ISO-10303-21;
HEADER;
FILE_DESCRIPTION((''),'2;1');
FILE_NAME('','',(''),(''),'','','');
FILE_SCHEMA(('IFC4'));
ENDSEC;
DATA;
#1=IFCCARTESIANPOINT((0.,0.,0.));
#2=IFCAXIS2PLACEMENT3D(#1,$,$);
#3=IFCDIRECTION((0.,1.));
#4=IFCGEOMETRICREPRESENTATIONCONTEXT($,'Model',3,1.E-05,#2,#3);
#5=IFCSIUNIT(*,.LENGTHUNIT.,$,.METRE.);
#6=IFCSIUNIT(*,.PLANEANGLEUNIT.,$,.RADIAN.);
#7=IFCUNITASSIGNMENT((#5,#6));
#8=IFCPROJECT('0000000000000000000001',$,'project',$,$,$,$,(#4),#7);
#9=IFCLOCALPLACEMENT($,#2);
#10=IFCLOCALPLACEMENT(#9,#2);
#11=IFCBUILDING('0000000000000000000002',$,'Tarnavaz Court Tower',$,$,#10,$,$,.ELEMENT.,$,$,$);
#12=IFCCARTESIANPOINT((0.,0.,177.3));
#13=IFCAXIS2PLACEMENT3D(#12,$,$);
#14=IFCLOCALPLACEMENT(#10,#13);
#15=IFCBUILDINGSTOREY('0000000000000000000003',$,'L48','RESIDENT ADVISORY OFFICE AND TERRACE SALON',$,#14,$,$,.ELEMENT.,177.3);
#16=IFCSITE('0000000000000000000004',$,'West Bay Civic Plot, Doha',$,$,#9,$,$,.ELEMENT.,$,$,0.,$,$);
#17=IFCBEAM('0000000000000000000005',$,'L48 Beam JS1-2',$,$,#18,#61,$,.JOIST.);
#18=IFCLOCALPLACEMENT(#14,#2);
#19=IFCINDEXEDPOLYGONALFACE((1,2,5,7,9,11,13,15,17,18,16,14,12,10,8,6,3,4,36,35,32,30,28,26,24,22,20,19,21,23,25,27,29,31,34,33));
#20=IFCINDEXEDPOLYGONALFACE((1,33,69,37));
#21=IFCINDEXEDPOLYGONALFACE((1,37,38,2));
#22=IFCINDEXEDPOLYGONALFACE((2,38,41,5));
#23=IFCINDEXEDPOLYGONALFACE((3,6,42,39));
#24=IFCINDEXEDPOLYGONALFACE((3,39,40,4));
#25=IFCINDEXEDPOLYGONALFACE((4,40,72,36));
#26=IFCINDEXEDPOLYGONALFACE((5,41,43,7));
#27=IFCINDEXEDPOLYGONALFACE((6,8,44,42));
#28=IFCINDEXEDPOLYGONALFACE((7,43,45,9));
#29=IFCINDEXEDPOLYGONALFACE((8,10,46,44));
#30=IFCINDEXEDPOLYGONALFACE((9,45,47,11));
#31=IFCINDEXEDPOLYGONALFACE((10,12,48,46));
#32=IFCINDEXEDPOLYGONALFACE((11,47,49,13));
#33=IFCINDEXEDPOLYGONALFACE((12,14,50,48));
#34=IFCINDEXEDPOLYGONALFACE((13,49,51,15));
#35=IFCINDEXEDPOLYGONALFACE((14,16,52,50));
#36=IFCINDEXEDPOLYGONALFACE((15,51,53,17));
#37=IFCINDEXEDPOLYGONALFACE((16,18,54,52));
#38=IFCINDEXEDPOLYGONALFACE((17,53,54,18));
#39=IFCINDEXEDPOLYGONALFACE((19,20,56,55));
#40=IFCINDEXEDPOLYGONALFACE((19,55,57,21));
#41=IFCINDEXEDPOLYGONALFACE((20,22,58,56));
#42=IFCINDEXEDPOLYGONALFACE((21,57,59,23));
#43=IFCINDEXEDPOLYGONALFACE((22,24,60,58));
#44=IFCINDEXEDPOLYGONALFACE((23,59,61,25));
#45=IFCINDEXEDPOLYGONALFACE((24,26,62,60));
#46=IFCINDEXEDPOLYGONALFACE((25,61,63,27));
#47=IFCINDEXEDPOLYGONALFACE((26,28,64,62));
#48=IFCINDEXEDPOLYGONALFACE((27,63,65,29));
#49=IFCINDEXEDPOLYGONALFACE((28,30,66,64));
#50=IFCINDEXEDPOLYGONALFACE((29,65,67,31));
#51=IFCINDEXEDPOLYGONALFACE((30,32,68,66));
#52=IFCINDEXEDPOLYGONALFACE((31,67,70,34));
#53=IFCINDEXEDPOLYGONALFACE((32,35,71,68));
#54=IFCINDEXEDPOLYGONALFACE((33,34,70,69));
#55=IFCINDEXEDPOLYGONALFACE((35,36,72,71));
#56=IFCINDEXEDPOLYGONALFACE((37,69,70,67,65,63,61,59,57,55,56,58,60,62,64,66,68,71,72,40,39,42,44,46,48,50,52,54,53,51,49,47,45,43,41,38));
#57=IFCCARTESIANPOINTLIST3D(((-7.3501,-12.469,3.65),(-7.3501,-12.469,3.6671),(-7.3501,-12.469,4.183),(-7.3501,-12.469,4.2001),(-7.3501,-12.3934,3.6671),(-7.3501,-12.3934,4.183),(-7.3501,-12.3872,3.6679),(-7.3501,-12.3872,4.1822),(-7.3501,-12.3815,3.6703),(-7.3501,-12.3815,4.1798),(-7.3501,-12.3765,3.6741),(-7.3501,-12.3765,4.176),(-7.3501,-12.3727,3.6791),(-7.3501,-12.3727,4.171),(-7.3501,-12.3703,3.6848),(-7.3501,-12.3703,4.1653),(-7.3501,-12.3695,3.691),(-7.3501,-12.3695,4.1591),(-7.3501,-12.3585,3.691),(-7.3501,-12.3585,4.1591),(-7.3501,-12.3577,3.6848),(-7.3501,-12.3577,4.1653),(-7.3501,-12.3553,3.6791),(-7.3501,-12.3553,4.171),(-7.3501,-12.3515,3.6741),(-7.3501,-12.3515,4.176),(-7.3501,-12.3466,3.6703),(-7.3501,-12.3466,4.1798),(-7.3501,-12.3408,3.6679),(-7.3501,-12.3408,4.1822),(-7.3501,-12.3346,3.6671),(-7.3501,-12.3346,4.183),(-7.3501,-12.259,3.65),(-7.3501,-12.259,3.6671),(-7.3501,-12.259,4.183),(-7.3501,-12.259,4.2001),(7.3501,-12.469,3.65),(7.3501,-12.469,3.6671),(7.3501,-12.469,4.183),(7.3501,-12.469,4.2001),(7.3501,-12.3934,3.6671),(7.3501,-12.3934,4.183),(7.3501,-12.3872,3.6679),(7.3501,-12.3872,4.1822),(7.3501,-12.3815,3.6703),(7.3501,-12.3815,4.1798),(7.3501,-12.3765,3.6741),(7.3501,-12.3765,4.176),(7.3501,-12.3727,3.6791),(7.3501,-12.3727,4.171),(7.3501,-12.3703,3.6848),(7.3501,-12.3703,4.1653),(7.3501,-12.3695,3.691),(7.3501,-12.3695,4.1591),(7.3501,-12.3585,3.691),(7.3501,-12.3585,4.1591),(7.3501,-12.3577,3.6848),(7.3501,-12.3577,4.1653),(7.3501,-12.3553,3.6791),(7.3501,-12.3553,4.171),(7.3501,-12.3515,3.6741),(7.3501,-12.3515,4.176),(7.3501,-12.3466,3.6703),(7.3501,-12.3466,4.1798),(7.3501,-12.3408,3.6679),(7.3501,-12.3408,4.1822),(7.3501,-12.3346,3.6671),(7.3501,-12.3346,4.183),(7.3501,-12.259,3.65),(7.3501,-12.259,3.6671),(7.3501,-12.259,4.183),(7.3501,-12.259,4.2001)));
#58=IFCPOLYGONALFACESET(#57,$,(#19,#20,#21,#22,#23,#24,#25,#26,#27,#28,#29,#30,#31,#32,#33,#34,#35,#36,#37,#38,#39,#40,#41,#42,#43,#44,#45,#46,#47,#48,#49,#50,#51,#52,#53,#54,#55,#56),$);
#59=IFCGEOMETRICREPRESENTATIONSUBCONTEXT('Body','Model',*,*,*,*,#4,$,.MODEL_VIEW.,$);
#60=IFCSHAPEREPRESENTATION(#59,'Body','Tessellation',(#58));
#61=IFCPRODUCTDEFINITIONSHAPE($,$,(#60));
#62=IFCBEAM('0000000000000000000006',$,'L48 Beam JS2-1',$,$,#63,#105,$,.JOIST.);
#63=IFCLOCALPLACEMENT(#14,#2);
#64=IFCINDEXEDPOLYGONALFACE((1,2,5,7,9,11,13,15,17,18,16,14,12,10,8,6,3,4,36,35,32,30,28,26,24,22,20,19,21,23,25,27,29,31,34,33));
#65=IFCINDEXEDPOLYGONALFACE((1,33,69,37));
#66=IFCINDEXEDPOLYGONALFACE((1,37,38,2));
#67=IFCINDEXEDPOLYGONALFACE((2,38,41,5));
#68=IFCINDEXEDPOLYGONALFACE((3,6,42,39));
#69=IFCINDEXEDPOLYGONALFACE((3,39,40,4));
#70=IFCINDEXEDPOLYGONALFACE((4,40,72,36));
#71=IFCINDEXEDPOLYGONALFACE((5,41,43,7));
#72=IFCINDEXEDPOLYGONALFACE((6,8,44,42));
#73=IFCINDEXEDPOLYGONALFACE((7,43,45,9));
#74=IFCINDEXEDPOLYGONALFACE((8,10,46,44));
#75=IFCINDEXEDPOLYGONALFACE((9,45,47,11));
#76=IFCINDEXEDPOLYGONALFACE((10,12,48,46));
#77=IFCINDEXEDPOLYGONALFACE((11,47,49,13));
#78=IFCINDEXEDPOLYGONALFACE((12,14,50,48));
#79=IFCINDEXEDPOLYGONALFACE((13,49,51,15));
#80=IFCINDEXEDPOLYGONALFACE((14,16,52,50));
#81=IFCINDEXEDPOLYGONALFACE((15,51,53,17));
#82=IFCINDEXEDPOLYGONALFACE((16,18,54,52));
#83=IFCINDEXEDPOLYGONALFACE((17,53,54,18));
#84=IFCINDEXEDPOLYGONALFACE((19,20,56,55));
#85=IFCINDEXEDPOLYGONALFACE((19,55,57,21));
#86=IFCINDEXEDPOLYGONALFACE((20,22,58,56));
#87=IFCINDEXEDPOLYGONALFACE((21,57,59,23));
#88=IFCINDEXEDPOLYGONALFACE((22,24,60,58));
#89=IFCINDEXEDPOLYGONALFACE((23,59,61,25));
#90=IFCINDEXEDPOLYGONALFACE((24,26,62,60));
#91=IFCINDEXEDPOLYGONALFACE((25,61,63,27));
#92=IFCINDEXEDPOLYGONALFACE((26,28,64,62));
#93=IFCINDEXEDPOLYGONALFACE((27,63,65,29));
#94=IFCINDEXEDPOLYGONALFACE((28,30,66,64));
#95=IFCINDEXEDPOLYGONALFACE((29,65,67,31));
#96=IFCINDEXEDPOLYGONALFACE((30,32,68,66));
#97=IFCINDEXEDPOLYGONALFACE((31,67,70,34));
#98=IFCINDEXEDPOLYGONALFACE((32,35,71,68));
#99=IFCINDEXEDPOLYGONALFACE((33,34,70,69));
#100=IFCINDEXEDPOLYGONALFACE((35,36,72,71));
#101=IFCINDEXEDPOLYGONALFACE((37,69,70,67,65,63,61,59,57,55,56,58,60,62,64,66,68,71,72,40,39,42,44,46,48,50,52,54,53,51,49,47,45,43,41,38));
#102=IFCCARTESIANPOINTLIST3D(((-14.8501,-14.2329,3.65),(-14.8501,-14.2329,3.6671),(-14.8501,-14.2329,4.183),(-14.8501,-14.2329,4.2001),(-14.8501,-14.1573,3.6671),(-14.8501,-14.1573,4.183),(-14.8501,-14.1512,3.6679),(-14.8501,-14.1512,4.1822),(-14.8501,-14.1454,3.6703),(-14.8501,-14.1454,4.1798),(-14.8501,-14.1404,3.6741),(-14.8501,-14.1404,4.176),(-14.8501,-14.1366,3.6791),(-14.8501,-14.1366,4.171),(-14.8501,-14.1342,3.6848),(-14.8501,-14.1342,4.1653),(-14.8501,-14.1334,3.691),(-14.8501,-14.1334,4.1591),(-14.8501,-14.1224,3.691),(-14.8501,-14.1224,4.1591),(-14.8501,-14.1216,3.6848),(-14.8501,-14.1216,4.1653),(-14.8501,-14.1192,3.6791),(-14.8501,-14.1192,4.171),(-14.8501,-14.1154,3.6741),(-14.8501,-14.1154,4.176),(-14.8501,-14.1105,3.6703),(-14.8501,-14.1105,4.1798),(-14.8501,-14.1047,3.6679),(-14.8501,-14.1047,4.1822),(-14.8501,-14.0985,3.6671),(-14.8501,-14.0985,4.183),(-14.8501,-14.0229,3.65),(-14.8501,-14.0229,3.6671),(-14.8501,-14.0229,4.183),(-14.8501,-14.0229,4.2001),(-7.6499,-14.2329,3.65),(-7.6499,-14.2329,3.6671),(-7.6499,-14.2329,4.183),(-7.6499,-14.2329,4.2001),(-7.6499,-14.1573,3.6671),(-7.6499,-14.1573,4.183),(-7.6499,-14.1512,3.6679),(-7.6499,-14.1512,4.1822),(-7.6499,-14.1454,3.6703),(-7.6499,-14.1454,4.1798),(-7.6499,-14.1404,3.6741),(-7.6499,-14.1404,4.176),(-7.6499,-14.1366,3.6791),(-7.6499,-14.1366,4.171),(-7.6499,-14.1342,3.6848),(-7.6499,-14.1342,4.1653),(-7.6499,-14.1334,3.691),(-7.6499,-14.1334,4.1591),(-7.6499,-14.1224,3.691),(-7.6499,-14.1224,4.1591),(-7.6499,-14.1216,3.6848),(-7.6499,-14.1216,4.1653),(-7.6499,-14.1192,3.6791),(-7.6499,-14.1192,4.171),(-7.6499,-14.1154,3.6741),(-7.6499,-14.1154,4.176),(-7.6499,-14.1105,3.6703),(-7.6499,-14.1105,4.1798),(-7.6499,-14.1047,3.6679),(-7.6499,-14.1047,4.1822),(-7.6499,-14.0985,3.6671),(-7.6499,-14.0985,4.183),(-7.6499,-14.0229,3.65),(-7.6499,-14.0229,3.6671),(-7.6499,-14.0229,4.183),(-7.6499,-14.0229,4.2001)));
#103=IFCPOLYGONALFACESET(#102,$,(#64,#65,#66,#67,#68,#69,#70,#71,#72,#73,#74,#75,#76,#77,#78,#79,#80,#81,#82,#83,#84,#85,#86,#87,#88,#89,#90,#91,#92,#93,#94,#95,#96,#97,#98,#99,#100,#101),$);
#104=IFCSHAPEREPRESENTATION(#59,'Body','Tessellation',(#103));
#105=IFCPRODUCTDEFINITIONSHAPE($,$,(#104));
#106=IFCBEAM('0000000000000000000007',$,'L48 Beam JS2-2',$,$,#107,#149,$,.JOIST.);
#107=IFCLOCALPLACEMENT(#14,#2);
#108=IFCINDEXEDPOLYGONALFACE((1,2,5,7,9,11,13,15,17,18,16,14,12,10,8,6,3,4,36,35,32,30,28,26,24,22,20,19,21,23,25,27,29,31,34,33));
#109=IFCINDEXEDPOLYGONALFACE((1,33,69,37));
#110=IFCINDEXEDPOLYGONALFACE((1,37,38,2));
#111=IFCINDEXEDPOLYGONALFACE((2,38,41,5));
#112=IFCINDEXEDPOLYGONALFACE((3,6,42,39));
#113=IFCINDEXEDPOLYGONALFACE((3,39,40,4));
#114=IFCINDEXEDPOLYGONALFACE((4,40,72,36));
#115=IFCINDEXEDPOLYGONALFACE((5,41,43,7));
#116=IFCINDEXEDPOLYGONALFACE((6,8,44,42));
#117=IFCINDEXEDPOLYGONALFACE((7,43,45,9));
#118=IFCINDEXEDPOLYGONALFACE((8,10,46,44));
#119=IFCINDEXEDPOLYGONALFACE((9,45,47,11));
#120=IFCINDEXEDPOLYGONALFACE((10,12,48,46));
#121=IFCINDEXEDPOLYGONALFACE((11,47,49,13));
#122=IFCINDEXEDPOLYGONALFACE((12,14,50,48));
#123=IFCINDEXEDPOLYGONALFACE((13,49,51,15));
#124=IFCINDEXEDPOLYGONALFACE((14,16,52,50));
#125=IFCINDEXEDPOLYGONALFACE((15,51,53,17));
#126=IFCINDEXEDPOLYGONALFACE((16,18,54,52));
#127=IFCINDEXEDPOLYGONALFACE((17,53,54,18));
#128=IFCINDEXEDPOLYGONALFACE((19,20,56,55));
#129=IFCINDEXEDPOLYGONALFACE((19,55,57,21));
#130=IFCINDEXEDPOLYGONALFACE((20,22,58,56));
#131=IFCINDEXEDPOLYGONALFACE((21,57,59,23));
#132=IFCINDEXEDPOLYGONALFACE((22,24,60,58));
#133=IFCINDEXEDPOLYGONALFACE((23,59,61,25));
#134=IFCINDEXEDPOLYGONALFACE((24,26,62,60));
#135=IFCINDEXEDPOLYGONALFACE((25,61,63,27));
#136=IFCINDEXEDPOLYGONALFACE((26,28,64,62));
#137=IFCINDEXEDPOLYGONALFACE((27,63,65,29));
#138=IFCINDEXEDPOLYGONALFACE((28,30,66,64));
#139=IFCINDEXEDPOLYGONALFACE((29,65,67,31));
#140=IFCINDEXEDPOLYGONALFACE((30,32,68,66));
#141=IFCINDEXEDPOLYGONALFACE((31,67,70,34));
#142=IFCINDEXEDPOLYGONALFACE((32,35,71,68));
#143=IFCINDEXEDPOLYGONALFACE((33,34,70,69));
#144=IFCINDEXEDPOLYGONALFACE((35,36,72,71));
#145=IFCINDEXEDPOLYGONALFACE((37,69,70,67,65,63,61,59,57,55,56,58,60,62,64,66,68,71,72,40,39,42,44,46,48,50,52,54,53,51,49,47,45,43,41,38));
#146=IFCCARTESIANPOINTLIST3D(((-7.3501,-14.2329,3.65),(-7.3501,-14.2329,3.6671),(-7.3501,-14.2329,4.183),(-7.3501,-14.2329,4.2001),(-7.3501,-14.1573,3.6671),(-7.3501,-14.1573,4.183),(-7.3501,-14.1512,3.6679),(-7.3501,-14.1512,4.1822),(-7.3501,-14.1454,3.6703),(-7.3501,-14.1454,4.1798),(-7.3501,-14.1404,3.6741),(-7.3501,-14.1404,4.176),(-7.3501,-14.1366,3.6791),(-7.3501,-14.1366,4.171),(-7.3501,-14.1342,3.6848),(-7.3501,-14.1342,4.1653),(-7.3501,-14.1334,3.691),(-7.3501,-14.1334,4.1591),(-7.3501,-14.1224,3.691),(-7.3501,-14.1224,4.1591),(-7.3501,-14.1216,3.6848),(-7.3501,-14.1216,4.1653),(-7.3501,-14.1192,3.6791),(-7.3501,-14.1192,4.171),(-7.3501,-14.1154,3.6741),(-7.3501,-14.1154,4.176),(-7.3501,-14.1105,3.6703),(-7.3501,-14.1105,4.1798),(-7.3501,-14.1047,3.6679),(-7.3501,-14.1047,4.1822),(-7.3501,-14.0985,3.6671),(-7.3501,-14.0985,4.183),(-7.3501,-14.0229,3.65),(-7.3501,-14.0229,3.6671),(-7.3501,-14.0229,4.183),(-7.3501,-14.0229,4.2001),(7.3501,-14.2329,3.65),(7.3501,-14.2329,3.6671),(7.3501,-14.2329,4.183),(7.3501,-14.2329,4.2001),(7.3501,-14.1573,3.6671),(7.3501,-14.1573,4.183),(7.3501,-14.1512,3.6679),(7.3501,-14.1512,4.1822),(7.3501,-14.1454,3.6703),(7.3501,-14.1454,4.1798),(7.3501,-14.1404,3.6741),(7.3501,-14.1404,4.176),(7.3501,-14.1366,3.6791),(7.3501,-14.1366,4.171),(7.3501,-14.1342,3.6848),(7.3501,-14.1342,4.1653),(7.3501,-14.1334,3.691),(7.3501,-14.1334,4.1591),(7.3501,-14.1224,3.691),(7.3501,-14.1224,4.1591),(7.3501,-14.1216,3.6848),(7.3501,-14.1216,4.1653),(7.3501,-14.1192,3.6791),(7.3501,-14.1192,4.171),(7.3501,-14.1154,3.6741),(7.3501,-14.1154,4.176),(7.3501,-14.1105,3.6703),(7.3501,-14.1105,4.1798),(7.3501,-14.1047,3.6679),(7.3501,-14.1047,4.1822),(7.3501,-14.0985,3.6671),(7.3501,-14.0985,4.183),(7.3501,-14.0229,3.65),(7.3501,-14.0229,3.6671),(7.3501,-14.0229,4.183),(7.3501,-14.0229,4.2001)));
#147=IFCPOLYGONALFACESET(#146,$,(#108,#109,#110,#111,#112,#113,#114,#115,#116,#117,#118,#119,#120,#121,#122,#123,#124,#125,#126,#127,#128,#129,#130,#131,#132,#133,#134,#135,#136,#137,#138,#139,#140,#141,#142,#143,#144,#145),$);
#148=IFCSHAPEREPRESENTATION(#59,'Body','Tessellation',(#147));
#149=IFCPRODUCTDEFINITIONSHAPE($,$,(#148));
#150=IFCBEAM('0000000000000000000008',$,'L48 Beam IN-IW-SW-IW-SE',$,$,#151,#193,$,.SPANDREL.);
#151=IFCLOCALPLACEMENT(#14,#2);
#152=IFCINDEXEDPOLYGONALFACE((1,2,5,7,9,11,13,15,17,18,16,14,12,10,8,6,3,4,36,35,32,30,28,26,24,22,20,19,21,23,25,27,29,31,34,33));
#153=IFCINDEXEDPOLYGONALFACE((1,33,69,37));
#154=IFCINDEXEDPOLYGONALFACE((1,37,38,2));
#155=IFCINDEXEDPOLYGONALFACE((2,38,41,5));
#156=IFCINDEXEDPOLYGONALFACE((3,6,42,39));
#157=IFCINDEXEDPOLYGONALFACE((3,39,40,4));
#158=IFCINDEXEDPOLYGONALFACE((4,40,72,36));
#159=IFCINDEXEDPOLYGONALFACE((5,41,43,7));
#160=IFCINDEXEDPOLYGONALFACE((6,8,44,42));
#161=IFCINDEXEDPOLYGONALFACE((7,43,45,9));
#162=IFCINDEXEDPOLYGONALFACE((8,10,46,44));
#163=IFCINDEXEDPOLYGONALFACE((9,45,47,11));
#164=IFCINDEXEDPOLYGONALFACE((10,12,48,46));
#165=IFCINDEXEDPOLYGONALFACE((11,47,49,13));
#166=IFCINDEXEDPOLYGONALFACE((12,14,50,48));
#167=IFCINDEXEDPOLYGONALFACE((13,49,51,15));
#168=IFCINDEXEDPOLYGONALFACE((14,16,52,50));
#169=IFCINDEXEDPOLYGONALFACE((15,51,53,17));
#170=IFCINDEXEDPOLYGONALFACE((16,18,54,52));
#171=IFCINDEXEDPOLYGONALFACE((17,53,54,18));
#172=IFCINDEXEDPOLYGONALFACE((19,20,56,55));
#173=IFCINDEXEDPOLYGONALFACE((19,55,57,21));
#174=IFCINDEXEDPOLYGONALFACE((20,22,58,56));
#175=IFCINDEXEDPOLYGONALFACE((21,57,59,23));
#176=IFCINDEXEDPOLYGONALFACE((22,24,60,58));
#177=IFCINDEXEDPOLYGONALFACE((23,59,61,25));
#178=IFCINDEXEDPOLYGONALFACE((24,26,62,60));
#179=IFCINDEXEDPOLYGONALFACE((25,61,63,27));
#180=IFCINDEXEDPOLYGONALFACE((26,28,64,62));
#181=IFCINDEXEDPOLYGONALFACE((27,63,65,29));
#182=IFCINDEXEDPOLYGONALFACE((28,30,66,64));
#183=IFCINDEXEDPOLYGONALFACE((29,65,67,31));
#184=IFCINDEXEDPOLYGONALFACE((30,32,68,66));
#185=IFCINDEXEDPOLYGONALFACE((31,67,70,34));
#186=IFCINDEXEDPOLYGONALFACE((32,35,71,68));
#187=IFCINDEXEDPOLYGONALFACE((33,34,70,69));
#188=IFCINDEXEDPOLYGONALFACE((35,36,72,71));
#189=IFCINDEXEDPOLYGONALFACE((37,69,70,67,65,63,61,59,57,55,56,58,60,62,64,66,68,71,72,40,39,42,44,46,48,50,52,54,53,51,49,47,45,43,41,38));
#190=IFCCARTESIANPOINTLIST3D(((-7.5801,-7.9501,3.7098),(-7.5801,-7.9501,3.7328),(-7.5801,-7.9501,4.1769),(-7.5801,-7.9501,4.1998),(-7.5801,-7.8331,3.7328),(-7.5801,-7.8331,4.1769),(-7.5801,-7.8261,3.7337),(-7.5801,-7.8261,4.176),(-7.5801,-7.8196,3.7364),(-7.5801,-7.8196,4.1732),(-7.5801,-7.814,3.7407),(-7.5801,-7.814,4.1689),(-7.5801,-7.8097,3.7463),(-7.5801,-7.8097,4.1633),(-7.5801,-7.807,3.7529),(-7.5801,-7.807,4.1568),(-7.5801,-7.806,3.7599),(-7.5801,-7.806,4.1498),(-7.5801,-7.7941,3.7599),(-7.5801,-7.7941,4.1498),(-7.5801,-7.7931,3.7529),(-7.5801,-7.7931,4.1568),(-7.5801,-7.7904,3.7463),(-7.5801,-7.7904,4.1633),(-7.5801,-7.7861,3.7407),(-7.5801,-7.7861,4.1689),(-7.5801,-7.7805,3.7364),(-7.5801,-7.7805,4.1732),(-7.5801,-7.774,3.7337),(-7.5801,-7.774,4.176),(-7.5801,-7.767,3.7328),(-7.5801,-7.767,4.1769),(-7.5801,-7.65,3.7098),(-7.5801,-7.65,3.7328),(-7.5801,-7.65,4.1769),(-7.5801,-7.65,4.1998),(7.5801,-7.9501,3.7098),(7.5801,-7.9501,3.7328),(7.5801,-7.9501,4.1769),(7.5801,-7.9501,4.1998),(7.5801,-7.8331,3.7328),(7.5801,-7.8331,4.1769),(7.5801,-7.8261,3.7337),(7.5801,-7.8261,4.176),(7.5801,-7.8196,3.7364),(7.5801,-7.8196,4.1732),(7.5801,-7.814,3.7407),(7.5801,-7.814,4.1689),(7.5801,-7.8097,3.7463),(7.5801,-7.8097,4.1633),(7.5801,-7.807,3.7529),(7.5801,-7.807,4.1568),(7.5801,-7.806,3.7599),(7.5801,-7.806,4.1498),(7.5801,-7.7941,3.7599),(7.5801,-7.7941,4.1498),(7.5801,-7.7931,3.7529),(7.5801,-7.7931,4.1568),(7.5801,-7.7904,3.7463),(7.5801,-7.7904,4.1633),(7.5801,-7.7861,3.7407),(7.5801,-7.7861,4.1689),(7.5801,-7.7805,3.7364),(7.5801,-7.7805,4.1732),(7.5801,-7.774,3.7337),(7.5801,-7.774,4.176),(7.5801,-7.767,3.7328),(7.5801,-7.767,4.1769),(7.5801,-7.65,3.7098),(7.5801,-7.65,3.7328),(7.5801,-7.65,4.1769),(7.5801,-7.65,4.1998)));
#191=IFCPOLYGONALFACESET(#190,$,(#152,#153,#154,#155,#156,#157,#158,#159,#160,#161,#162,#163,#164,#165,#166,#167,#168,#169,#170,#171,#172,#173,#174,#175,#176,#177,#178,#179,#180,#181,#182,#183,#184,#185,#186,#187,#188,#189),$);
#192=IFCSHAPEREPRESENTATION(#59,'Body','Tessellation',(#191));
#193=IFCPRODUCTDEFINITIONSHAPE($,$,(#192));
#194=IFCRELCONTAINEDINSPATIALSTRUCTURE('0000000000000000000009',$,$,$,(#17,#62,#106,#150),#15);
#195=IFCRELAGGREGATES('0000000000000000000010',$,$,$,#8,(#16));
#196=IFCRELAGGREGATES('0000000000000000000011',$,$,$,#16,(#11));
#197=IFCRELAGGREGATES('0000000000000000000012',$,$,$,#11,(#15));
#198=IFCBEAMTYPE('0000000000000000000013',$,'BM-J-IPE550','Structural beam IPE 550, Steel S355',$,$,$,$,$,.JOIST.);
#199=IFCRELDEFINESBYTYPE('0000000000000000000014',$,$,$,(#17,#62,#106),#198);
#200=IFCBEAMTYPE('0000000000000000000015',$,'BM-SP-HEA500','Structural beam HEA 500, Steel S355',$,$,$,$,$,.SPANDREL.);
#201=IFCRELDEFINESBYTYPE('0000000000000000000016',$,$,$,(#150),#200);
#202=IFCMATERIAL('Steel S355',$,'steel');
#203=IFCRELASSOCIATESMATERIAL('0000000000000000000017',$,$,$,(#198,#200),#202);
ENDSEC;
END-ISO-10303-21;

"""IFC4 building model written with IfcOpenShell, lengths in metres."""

from ifc_helpers import new_model, si_unit, direction, frame, origin, origin_2d, place, context, subcontext, project, spatial, i_section, extrude, material, material_profile, profile_set, type_object, element, save


model = new_model("IFC4")

# Units and contexts
model_context = context("Model", 3, precision=1e-05, world=origin(), true_north=direction((0.0, 1.0)))
body_context = subcontext(model_context, "Body", "Model", "MODEL_VIEW")
ifc_project = project(units=[si_unit("LENGTHUNIT", "METRE"), si_unit("PLANEANGLEUNIT", "RADIAN")], contexts=[model_context])

# Site, building, storey
site_placement = place(None, origin())
site = spatial("IfcSite", under=ifc_project, at=site_placement, Name="West Bay Civic Plot, Doha", CompositionType="ELEMENT", RefElevation=0.0)
building_placement = place(site_placement, origin())
building = spatial("IfcBuilding", under=site, at=building_placement, Name="Tarnavaz Court Tower", CompositionType="ELEMENT")
storey_placement = place(building_placement, frame((0.0, 0.0, 177.3)))
storey = spatial("IfcBuildingStorey", under=building, at=storey_placement, Name="L48", Description="RESIDENT ADVISORY OFFICE AND TERRACE SALON", CompositionType="ELEMENT", Elevation=177.3)

# Beams
ifc_material_1 = material(Name="Steel S355", Category="steel")
ifc_material_profile_1 = material_profile(ifc_material_1, i_section(OverallWidth=0.21, OverallDepth=0.55, WebThickness=0.011, FlangeThickness=0.0171, FilletRadius=0.0239, at=origin_2d()), Name="IPE 550")
ifc_profile_set_1 = profile_set([ifc_material_profile_1], Name="Steel S355")
beam_type_1 = type_object("IfcBeamType", Name="BM-J-IPE550", Description="Structural beam IPE 550, Steel S355", PredefinedType="JOIST", material=ifc_profile_set_1)
beam_1_placement = place(storey_placement, frame((-7.3501, -12.364, 3.925), z_axis=(1.0, 0.0, 0.0), x_axis=(0.0, 1.0, 0.0)))
element("IfcBeam", 1, at=beam_1_placement, inside=storey, type_object=beam_type_1, Name="L48 Beam JS1-2", PredefinedType="JOIST", context=body_context, shape_type="SweptSolid", body=[
    extrude(i_section(OverallWidth=0.21, OverallDepth=0.55, WebThickness=0.011, FlangeThickness=0.0171, FilletRadius=0.0239, at=origin_2d()), origin(), (0.0, 0.0, 1.0), 14.7002),
])
beam_2_placement = place(storey_placement, frame((-14.8501, -14.1279, 3.925), z_axis=(1.0, 0.0, 0.0), x_axis=(0.0, 1.0, 0.0)))
element("IfcBeam", 2, at=beam_2_placement, inside=storey, type_object=beam_type_1, Name="L48 Beam JS2-1", PredefinedType="JOIST", context=body_context, shape_type="SweptSolid", body=[
    extrude(i_section(OverallWidth=0.21, OverallDepth=0.55, WebThickness=0.011, FlangeThickness=0.0171, FilletRadius=0.0239, at=origin_2d()), origin(), (0.0, 0.0, 1.0), 7.2002),
])
beam_3_placement = place(storey_placement, frame((-7.3501, -14.1279, 3.925), z_axis=(1.0, 0.0, 0.0), x_axis=(0.0, 1.0, 0.0)))
element("IfcBeam", 3, at=beam_3_placement, inside=storey, type_object=beam_type_1, Name="L48 Beam JS2-2", PredefinedType="JOIST", context=body_context, shape_type="SweptSolid", body=[
    extrude(i_section(OverallWidth=0.21, OverallDepth=0.55, WebThickness=0.011, FlangeThickness=0.0171, FilletRadius=0.0239, at=origin_2d()), origin(), (0.0, 0.0, 1.0), 14.7002),
])
ifc_material_profile_2 = material_profile(ifc_material_1, i_section(OverallWidth=0.3, OverallDepth=0.49, WebThickness=0.012, FlangeThickness=0.0229, FilletRadius=0.0271, at=origin_2d()), Name="HEA 500")
ifc_profile_set_2 = profile_set([ifc_material_profile_2], Name="Steel S355")
beam_type_2 = type_object("IfcBeamType", Name="BM-SP-HEA500", Description="Structural beam HEA 500, Steel S355", PredefinedType="SPANDREL", material=ifc_profile_set_2)
for number, where, z_axis, x_axis, name in (
    (4, (-7.5801, -7.8, 3.9548), (1.0, 0.0, 0.0), (0.0, 1.0, 0.0), "L48 Beam IN-IW-SW-IW-SE"),
):
    element("IfcBeam", number, at=place(storey_placement, frame(where, z_axis=z_axis, x_axis=x_axis)), inside=storey, type_object=beam_type_2, Name=name, PredefinedType="SPANDREL", context=body_context, shape_type="SweptSolid", body=[
        extrude(i_section(OverallWidth=0.3, OverallDepth=0.49, WebThickness=0.012, FlangeThickness=0.0229, FilletRadius=0.0271, at=origin_2d()), origin(), (0.0, 0.0, 1.0), 15.1602),
    ])

save(model, "model.ifc")
